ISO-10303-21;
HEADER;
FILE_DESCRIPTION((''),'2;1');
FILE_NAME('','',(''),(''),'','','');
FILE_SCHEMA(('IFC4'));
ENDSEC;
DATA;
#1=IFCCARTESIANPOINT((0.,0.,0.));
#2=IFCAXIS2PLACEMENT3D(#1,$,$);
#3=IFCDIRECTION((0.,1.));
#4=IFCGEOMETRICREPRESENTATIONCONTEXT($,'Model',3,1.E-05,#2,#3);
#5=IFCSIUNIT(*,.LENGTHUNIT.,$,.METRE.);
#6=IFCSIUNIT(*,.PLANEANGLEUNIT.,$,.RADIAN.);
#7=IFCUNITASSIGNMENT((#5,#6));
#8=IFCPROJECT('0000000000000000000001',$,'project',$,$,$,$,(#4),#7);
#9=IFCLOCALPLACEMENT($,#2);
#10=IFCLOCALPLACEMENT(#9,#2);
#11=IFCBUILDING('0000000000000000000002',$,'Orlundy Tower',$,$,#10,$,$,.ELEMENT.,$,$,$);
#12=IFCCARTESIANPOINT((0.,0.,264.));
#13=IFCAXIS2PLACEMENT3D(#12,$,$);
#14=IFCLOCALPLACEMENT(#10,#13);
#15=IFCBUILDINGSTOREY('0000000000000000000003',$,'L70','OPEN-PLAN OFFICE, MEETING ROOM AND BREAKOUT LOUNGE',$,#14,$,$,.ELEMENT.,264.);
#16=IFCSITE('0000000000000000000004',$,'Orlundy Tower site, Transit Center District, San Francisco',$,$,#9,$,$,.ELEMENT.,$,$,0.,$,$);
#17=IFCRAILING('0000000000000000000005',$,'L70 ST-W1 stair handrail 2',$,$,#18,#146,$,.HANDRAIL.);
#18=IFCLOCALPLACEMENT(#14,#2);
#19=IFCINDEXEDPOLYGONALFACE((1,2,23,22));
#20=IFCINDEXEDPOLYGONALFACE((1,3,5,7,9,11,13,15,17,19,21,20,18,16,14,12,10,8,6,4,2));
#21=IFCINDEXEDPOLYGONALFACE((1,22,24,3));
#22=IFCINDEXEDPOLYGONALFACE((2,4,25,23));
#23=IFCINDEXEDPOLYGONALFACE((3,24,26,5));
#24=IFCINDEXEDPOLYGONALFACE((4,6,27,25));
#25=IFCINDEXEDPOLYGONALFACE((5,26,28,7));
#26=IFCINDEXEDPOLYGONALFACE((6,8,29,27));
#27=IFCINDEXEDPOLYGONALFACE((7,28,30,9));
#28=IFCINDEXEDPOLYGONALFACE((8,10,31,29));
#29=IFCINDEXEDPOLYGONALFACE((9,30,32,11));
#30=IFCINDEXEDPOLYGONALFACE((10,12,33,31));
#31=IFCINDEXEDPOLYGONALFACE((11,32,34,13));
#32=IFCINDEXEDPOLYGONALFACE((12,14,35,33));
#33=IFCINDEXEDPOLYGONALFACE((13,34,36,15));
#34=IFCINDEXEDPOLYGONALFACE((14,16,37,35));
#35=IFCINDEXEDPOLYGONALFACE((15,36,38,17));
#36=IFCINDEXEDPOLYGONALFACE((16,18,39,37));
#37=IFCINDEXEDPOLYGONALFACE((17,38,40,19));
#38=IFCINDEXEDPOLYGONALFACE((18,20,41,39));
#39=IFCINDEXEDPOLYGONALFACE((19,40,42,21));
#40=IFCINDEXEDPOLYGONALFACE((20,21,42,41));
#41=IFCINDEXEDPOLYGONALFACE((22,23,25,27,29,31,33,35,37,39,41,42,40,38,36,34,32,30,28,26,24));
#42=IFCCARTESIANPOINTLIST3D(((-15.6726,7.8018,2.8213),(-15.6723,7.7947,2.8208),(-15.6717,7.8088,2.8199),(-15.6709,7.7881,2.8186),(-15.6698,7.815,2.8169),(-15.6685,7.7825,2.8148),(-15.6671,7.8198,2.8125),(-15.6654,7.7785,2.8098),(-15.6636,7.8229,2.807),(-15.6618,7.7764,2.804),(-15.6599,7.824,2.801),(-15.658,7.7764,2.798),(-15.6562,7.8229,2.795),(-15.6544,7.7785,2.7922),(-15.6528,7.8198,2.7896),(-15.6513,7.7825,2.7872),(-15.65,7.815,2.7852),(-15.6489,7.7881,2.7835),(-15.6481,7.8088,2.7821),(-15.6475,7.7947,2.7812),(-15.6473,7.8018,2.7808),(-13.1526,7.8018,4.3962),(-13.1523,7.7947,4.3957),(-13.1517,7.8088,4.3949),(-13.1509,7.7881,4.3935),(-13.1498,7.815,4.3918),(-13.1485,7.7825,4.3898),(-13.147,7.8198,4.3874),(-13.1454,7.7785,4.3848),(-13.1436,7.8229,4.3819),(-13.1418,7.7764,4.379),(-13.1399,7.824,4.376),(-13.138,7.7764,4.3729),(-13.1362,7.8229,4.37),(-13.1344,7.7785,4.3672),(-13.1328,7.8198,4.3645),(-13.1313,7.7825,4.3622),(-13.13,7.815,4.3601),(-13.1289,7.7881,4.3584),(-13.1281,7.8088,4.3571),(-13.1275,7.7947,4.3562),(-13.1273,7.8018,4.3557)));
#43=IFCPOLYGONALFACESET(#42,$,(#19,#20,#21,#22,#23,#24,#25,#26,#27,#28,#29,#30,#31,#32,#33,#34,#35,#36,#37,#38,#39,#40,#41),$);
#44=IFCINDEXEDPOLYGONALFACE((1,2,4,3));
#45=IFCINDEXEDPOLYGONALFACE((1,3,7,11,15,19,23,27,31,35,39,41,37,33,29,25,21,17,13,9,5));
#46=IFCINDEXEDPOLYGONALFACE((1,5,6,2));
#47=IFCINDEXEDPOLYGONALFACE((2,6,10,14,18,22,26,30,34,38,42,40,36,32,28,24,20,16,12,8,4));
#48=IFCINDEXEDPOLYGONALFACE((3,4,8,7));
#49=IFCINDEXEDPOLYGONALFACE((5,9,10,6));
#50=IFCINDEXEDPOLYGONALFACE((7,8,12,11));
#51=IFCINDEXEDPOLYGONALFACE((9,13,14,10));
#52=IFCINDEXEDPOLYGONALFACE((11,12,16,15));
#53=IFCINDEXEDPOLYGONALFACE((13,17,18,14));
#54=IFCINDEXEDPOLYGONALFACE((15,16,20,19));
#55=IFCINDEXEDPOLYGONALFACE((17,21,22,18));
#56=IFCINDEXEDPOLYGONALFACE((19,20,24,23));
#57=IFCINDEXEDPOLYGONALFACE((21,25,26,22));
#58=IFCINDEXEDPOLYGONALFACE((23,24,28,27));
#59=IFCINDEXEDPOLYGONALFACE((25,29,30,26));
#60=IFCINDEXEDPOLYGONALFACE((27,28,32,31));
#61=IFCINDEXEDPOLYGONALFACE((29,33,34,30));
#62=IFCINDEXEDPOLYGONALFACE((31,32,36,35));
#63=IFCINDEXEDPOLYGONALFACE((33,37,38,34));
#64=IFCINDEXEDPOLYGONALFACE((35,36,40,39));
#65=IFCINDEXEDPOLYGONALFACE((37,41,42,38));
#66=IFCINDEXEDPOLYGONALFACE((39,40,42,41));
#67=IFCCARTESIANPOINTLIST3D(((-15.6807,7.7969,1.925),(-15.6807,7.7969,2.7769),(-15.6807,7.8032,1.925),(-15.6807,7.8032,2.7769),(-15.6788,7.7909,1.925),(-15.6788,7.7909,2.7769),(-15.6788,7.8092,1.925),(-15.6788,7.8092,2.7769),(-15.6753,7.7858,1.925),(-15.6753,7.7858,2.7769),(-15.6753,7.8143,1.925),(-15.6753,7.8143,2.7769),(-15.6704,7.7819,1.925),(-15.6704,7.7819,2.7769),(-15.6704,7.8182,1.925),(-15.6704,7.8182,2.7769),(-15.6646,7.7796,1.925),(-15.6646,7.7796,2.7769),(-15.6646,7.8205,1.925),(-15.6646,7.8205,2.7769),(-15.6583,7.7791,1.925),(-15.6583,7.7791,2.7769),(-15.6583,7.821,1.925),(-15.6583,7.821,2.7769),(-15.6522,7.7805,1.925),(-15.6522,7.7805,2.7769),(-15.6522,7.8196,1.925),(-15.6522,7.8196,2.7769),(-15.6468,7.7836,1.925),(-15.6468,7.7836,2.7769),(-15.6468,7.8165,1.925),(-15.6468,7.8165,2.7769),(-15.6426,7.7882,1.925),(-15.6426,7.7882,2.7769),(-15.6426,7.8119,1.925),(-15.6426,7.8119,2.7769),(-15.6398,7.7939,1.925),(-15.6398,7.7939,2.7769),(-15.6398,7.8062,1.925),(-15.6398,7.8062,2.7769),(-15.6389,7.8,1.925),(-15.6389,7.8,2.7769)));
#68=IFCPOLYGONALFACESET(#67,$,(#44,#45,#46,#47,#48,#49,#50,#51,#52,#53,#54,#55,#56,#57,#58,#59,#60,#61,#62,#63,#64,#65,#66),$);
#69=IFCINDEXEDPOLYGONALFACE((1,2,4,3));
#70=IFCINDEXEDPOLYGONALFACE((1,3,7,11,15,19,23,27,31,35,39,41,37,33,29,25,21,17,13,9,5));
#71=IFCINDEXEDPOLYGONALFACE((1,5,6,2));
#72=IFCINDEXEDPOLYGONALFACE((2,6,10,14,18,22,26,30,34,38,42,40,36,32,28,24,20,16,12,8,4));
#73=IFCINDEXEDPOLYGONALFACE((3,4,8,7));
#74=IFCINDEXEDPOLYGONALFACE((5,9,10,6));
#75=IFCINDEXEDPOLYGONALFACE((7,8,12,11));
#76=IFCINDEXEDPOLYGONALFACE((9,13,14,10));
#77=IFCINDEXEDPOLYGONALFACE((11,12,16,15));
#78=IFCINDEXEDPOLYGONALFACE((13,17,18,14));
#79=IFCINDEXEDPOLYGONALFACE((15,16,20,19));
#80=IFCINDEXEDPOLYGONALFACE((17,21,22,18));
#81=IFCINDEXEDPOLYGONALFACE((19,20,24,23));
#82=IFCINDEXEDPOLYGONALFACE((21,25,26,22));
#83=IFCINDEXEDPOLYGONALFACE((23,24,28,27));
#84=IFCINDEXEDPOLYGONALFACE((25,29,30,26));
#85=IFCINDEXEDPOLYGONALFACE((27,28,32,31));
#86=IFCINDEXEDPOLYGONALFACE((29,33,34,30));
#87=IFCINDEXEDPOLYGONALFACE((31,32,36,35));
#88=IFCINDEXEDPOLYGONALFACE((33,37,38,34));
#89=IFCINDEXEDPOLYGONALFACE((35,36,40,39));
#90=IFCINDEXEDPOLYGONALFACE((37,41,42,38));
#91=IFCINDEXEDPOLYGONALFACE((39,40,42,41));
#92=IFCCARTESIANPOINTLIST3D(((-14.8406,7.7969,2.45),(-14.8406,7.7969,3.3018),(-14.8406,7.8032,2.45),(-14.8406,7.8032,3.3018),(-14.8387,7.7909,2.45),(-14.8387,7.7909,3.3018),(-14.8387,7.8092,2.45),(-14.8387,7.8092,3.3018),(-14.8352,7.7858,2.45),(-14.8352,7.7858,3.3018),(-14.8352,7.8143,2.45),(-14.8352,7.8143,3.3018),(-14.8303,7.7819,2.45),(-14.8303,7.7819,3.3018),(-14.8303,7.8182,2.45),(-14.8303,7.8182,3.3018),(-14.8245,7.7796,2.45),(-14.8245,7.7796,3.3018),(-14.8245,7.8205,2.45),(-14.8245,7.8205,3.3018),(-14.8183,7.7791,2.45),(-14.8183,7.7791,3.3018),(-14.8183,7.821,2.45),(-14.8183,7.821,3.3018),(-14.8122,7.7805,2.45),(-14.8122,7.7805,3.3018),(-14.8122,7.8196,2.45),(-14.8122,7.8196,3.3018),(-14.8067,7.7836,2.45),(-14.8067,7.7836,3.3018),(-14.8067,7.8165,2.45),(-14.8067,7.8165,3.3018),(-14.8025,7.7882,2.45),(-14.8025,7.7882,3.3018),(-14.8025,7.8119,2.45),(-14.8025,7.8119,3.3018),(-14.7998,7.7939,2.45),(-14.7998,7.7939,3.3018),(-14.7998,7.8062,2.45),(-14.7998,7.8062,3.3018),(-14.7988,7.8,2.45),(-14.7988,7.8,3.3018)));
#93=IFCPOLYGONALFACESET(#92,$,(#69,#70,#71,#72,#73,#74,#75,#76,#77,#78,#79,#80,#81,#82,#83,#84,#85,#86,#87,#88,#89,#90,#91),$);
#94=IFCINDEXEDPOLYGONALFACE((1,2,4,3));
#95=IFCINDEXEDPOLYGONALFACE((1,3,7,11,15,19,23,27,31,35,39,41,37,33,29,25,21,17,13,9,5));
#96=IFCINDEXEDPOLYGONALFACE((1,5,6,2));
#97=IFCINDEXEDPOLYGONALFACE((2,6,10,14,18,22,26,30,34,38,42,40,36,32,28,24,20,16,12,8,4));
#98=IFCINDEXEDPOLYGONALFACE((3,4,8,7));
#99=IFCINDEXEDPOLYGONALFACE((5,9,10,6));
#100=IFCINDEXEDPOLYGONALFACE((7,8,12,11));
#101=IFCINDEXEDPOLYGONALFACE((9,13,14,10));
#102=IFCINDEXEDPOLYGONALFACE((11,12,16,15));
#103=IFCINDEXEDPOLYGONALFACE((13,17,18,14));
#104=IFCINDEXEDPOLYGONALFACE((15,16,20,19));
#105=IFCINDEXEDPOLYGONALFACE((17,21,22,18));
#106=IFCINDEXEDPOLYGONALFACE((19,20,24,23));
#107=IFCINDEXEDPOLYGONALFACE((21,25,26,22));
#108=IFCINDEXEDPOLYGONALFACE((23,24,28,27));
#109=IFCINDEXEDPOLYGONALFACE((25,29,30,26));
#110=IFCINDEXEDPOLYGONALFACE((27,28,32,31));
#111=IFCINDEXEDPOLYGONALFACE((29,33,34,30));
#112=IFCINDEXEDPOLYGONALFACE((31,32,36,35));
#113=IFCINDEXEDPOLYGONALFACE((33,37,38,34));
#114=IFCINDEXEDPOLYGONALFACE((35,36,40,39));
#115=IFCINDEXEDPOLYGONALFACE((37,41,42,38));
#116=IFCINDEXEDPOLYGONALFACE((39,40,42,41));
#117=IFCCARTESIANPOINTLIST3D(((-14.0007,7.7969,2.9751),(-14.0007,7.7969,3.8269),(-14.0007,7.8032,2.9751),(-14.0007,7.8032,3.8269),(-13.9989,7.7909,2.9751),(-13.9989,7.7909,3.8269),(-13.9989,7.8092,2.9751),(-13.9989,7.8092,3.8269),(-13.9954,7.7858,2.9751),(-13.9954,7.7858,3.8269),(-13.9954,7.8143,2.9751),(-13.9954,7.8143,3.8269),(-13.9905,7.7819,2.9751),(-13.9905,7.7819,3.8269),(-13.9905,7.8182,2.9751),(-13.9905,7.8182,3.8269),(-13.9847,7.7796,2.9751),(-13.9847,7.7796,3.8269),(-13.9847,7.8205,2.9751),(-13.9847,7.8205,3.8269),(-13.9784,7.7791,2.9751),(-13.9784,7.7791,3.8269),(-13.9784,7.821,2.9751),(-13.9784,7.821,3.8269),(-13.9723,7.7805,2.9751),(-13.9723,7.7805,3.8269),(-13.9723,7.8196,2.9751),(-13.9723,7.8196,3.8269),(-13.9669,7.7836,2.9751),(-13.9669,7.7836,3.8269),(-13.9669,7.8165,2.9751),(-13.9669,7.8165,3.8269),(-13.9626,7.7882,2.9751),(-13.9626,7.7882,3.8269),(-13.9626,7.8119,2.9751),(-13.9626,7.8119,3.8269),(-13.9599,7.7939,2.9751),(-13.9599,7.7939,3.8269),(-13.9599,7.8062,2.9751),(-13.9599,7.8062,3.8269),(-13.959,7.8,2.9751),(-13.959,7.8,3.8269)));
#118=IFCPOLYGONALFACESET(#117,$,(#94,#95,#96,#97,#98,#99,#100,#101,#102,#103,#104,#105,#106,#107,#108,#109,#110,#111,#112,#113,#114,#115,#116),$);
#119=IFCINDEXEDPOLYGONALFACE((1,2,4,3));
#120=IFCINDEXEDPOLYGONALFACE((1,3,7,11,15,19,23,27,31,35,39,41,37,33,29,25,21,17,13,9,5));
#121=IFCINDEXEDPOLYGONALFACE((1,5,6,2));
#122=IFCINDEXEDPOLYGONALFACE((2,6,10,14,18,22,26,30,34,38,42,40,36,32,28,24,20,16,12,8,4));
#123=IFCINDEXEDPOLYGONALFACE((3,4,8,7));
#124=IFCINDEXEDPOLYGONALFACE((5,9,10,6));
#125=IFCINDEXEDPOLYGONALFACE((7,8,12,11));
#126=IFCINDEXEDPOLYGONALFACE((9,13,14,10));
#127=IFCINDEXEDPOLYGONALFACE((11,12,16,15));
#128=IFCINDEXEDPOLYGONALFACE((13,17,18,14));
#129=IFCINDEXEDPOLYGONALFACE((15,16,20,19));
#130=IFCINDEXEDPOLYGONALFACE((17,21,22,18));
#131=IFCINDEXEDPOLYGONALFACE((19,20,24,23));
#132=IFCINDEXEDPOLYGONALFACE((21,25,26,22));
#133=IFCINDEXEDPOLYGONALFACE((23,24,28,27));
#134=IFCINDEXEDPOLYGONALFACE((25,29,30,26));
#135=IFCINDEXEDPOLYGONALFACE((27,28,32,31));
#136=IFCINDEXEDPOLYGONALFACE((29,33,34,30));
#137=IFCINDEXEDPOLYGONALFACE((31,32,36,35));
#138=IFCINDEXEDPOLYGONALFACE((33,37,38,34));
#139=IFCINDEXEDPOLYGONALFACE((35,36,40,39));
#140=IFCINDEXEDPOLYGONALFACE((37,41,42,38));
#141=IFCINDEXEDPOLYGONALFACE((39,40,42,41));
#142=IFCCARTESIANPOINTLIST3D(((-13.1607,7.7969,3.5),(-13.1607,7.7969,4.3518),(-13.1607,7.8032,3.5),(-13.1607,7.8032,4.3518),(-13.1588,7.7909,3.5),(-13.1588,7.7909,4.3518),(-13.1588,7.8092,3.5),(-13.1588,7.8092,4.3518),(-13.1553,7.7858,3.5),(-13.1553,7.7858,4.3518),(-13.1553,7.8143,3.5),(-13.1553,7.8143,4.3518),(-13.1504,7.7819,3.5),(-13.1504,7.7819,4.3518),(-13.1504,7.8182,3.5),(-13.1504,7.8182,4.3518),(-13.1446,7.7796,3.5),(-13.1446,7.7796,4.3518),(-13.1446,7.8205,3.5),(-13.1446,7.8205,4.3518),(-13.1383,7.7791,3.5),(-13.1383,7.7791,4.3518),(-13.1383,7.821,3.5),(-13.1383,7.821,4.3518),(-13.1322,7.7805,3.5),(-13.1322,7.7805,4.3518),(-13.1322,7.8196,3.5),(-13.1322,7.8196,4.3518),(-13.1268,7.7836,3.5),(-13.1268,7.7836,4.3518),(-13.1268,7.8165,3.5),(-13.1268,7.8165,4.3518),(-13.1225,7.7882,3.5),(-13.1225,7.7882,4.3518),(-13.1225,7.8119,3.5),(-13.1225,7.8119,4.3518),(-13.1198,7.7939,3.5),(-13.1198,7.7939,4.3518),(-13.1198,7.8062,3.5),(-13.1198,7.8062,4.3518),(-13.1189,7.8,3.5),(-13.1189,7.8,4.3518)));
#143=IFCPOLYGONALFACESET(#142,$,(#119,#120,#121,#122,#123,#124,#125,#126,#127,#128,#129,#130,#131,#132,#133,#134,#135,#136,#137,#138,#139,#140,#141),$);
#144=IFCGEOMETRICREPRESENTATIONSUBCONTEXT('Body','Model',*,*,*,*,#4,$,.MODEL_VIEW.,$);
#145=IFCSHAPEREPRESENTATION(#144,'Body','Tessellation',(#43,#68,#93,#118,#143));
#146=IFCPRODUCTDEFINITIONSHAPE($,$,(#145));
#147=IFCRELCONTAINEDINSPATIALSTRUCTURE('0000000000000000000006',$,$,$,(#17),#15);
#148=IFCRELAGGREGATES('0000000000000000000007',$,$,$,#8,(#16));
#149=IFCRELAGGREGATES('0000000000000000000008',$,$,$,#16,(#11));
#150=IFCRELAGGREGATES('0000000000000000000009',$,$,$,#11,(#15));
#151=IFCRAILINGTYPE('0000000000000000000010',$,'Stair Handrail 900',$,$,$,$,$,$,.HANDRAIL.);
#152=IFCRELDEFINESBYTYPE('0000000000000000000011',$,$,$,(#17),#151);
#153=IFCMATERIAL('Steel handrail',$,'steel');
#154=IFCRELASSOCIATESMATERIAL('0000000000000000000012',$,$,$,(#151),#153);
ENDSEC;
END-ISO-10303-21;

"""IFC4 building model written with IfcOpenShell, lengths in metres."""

from ifc_helpers import new_model, si_unit, direction, frame, origin, origin_2d, place, context, subcontext, project, spatial, circle, extrude, material, type_object, element, save


model = new_model("IFC4")

# Units and contexts
model_context = context("Model", 3, precision=1e-05, world=origin(), true_north=direction((0.0, 1.0)))
body_context = subcontext(model_context, "Body", "Model", "MODEL_VIEW")
ifc_project = project(units=[si_unit("LENGTHUNIT", "METRE"), si_unit("PLANEANGLEUNIT", "RADIAN")], contexts=[model_context])

# Site, building, storey
site_placement = place(None, origin())
site = spatial("IfcSite", under=ifc_project, at=site_placement, Name="Orlundy Tower site, Transit Center District, San Francisco", CompositionType="ELEMENT", RefElevation=0.0)
building_placement = place(site_placement, origin())
building = spatial("IfcBuilding", under=site, at=building_placement, Name="Orlundy Tower", CompositionType="ELEMENT")
storey_placement = place(building_placement, frame((0.0, 0.0, 264.0)))
storey = spatial("IfcBuildingStorey", under=building, at=storey_placement, Name="L70", Description="OPEN-PLAN OFFICE, MEETING ROOM AND BREAKOUT LOUNGE", CompositionType="ELEMENT", Elevation=264.0)

# Railing
ifc_material_1 = material(Name="Steel handrail", Category="steel")
railing_type_1 = type_object("IfcRailingType", Name="Stair Handrail 900", PredefinedType="HANDRAIL", material=ifc_material_1)
railing_1_placement = place(storey_placement, frame((-15.6599, 7.8, 1.925)))
element("IfcRailing", 1, at=railing_1_placement, inside=storey, type_object=railing_type_1, Name="L70 ST-W1 stair handrail 2", PredefinedType="HANDRAIL", context=body_context, shape_type="SweptSolid", body=[
    extrude(circle(Radius=0.0239, at=origin_2d()), frame((0.0, 0.0, 0.876), z_axis=(0.848008, 0.0, 0.529984), x_axis=(0.0, 1.0, 0.0)), (0.0, 0.0, 1.0), 2.9717),
    extrude(circle(Radius=0.021, at=origin_2d()), origin(), (0.0, 0.0, 1.0), 0.8518),
    extrude(circle(Radius=0.021, at=origin_2d()), frame((0.8401, 0.0, 0.5249)), (0.0, 0.0, 1.0), 0.8518),
    extrude(circle(Radius=0.021, at=origin_2d()), frame((1.6799, 0.0, 1.05)), (0.0, 0.0, 1.0), 0.8518),
    extrude(circle(Radius=0.021, at=origin_2d()), frame((2.52, 0.0, 1.575)), (0.0, 0.0, 1.0), 0.8518),
])

save(model, "model.ifc")
